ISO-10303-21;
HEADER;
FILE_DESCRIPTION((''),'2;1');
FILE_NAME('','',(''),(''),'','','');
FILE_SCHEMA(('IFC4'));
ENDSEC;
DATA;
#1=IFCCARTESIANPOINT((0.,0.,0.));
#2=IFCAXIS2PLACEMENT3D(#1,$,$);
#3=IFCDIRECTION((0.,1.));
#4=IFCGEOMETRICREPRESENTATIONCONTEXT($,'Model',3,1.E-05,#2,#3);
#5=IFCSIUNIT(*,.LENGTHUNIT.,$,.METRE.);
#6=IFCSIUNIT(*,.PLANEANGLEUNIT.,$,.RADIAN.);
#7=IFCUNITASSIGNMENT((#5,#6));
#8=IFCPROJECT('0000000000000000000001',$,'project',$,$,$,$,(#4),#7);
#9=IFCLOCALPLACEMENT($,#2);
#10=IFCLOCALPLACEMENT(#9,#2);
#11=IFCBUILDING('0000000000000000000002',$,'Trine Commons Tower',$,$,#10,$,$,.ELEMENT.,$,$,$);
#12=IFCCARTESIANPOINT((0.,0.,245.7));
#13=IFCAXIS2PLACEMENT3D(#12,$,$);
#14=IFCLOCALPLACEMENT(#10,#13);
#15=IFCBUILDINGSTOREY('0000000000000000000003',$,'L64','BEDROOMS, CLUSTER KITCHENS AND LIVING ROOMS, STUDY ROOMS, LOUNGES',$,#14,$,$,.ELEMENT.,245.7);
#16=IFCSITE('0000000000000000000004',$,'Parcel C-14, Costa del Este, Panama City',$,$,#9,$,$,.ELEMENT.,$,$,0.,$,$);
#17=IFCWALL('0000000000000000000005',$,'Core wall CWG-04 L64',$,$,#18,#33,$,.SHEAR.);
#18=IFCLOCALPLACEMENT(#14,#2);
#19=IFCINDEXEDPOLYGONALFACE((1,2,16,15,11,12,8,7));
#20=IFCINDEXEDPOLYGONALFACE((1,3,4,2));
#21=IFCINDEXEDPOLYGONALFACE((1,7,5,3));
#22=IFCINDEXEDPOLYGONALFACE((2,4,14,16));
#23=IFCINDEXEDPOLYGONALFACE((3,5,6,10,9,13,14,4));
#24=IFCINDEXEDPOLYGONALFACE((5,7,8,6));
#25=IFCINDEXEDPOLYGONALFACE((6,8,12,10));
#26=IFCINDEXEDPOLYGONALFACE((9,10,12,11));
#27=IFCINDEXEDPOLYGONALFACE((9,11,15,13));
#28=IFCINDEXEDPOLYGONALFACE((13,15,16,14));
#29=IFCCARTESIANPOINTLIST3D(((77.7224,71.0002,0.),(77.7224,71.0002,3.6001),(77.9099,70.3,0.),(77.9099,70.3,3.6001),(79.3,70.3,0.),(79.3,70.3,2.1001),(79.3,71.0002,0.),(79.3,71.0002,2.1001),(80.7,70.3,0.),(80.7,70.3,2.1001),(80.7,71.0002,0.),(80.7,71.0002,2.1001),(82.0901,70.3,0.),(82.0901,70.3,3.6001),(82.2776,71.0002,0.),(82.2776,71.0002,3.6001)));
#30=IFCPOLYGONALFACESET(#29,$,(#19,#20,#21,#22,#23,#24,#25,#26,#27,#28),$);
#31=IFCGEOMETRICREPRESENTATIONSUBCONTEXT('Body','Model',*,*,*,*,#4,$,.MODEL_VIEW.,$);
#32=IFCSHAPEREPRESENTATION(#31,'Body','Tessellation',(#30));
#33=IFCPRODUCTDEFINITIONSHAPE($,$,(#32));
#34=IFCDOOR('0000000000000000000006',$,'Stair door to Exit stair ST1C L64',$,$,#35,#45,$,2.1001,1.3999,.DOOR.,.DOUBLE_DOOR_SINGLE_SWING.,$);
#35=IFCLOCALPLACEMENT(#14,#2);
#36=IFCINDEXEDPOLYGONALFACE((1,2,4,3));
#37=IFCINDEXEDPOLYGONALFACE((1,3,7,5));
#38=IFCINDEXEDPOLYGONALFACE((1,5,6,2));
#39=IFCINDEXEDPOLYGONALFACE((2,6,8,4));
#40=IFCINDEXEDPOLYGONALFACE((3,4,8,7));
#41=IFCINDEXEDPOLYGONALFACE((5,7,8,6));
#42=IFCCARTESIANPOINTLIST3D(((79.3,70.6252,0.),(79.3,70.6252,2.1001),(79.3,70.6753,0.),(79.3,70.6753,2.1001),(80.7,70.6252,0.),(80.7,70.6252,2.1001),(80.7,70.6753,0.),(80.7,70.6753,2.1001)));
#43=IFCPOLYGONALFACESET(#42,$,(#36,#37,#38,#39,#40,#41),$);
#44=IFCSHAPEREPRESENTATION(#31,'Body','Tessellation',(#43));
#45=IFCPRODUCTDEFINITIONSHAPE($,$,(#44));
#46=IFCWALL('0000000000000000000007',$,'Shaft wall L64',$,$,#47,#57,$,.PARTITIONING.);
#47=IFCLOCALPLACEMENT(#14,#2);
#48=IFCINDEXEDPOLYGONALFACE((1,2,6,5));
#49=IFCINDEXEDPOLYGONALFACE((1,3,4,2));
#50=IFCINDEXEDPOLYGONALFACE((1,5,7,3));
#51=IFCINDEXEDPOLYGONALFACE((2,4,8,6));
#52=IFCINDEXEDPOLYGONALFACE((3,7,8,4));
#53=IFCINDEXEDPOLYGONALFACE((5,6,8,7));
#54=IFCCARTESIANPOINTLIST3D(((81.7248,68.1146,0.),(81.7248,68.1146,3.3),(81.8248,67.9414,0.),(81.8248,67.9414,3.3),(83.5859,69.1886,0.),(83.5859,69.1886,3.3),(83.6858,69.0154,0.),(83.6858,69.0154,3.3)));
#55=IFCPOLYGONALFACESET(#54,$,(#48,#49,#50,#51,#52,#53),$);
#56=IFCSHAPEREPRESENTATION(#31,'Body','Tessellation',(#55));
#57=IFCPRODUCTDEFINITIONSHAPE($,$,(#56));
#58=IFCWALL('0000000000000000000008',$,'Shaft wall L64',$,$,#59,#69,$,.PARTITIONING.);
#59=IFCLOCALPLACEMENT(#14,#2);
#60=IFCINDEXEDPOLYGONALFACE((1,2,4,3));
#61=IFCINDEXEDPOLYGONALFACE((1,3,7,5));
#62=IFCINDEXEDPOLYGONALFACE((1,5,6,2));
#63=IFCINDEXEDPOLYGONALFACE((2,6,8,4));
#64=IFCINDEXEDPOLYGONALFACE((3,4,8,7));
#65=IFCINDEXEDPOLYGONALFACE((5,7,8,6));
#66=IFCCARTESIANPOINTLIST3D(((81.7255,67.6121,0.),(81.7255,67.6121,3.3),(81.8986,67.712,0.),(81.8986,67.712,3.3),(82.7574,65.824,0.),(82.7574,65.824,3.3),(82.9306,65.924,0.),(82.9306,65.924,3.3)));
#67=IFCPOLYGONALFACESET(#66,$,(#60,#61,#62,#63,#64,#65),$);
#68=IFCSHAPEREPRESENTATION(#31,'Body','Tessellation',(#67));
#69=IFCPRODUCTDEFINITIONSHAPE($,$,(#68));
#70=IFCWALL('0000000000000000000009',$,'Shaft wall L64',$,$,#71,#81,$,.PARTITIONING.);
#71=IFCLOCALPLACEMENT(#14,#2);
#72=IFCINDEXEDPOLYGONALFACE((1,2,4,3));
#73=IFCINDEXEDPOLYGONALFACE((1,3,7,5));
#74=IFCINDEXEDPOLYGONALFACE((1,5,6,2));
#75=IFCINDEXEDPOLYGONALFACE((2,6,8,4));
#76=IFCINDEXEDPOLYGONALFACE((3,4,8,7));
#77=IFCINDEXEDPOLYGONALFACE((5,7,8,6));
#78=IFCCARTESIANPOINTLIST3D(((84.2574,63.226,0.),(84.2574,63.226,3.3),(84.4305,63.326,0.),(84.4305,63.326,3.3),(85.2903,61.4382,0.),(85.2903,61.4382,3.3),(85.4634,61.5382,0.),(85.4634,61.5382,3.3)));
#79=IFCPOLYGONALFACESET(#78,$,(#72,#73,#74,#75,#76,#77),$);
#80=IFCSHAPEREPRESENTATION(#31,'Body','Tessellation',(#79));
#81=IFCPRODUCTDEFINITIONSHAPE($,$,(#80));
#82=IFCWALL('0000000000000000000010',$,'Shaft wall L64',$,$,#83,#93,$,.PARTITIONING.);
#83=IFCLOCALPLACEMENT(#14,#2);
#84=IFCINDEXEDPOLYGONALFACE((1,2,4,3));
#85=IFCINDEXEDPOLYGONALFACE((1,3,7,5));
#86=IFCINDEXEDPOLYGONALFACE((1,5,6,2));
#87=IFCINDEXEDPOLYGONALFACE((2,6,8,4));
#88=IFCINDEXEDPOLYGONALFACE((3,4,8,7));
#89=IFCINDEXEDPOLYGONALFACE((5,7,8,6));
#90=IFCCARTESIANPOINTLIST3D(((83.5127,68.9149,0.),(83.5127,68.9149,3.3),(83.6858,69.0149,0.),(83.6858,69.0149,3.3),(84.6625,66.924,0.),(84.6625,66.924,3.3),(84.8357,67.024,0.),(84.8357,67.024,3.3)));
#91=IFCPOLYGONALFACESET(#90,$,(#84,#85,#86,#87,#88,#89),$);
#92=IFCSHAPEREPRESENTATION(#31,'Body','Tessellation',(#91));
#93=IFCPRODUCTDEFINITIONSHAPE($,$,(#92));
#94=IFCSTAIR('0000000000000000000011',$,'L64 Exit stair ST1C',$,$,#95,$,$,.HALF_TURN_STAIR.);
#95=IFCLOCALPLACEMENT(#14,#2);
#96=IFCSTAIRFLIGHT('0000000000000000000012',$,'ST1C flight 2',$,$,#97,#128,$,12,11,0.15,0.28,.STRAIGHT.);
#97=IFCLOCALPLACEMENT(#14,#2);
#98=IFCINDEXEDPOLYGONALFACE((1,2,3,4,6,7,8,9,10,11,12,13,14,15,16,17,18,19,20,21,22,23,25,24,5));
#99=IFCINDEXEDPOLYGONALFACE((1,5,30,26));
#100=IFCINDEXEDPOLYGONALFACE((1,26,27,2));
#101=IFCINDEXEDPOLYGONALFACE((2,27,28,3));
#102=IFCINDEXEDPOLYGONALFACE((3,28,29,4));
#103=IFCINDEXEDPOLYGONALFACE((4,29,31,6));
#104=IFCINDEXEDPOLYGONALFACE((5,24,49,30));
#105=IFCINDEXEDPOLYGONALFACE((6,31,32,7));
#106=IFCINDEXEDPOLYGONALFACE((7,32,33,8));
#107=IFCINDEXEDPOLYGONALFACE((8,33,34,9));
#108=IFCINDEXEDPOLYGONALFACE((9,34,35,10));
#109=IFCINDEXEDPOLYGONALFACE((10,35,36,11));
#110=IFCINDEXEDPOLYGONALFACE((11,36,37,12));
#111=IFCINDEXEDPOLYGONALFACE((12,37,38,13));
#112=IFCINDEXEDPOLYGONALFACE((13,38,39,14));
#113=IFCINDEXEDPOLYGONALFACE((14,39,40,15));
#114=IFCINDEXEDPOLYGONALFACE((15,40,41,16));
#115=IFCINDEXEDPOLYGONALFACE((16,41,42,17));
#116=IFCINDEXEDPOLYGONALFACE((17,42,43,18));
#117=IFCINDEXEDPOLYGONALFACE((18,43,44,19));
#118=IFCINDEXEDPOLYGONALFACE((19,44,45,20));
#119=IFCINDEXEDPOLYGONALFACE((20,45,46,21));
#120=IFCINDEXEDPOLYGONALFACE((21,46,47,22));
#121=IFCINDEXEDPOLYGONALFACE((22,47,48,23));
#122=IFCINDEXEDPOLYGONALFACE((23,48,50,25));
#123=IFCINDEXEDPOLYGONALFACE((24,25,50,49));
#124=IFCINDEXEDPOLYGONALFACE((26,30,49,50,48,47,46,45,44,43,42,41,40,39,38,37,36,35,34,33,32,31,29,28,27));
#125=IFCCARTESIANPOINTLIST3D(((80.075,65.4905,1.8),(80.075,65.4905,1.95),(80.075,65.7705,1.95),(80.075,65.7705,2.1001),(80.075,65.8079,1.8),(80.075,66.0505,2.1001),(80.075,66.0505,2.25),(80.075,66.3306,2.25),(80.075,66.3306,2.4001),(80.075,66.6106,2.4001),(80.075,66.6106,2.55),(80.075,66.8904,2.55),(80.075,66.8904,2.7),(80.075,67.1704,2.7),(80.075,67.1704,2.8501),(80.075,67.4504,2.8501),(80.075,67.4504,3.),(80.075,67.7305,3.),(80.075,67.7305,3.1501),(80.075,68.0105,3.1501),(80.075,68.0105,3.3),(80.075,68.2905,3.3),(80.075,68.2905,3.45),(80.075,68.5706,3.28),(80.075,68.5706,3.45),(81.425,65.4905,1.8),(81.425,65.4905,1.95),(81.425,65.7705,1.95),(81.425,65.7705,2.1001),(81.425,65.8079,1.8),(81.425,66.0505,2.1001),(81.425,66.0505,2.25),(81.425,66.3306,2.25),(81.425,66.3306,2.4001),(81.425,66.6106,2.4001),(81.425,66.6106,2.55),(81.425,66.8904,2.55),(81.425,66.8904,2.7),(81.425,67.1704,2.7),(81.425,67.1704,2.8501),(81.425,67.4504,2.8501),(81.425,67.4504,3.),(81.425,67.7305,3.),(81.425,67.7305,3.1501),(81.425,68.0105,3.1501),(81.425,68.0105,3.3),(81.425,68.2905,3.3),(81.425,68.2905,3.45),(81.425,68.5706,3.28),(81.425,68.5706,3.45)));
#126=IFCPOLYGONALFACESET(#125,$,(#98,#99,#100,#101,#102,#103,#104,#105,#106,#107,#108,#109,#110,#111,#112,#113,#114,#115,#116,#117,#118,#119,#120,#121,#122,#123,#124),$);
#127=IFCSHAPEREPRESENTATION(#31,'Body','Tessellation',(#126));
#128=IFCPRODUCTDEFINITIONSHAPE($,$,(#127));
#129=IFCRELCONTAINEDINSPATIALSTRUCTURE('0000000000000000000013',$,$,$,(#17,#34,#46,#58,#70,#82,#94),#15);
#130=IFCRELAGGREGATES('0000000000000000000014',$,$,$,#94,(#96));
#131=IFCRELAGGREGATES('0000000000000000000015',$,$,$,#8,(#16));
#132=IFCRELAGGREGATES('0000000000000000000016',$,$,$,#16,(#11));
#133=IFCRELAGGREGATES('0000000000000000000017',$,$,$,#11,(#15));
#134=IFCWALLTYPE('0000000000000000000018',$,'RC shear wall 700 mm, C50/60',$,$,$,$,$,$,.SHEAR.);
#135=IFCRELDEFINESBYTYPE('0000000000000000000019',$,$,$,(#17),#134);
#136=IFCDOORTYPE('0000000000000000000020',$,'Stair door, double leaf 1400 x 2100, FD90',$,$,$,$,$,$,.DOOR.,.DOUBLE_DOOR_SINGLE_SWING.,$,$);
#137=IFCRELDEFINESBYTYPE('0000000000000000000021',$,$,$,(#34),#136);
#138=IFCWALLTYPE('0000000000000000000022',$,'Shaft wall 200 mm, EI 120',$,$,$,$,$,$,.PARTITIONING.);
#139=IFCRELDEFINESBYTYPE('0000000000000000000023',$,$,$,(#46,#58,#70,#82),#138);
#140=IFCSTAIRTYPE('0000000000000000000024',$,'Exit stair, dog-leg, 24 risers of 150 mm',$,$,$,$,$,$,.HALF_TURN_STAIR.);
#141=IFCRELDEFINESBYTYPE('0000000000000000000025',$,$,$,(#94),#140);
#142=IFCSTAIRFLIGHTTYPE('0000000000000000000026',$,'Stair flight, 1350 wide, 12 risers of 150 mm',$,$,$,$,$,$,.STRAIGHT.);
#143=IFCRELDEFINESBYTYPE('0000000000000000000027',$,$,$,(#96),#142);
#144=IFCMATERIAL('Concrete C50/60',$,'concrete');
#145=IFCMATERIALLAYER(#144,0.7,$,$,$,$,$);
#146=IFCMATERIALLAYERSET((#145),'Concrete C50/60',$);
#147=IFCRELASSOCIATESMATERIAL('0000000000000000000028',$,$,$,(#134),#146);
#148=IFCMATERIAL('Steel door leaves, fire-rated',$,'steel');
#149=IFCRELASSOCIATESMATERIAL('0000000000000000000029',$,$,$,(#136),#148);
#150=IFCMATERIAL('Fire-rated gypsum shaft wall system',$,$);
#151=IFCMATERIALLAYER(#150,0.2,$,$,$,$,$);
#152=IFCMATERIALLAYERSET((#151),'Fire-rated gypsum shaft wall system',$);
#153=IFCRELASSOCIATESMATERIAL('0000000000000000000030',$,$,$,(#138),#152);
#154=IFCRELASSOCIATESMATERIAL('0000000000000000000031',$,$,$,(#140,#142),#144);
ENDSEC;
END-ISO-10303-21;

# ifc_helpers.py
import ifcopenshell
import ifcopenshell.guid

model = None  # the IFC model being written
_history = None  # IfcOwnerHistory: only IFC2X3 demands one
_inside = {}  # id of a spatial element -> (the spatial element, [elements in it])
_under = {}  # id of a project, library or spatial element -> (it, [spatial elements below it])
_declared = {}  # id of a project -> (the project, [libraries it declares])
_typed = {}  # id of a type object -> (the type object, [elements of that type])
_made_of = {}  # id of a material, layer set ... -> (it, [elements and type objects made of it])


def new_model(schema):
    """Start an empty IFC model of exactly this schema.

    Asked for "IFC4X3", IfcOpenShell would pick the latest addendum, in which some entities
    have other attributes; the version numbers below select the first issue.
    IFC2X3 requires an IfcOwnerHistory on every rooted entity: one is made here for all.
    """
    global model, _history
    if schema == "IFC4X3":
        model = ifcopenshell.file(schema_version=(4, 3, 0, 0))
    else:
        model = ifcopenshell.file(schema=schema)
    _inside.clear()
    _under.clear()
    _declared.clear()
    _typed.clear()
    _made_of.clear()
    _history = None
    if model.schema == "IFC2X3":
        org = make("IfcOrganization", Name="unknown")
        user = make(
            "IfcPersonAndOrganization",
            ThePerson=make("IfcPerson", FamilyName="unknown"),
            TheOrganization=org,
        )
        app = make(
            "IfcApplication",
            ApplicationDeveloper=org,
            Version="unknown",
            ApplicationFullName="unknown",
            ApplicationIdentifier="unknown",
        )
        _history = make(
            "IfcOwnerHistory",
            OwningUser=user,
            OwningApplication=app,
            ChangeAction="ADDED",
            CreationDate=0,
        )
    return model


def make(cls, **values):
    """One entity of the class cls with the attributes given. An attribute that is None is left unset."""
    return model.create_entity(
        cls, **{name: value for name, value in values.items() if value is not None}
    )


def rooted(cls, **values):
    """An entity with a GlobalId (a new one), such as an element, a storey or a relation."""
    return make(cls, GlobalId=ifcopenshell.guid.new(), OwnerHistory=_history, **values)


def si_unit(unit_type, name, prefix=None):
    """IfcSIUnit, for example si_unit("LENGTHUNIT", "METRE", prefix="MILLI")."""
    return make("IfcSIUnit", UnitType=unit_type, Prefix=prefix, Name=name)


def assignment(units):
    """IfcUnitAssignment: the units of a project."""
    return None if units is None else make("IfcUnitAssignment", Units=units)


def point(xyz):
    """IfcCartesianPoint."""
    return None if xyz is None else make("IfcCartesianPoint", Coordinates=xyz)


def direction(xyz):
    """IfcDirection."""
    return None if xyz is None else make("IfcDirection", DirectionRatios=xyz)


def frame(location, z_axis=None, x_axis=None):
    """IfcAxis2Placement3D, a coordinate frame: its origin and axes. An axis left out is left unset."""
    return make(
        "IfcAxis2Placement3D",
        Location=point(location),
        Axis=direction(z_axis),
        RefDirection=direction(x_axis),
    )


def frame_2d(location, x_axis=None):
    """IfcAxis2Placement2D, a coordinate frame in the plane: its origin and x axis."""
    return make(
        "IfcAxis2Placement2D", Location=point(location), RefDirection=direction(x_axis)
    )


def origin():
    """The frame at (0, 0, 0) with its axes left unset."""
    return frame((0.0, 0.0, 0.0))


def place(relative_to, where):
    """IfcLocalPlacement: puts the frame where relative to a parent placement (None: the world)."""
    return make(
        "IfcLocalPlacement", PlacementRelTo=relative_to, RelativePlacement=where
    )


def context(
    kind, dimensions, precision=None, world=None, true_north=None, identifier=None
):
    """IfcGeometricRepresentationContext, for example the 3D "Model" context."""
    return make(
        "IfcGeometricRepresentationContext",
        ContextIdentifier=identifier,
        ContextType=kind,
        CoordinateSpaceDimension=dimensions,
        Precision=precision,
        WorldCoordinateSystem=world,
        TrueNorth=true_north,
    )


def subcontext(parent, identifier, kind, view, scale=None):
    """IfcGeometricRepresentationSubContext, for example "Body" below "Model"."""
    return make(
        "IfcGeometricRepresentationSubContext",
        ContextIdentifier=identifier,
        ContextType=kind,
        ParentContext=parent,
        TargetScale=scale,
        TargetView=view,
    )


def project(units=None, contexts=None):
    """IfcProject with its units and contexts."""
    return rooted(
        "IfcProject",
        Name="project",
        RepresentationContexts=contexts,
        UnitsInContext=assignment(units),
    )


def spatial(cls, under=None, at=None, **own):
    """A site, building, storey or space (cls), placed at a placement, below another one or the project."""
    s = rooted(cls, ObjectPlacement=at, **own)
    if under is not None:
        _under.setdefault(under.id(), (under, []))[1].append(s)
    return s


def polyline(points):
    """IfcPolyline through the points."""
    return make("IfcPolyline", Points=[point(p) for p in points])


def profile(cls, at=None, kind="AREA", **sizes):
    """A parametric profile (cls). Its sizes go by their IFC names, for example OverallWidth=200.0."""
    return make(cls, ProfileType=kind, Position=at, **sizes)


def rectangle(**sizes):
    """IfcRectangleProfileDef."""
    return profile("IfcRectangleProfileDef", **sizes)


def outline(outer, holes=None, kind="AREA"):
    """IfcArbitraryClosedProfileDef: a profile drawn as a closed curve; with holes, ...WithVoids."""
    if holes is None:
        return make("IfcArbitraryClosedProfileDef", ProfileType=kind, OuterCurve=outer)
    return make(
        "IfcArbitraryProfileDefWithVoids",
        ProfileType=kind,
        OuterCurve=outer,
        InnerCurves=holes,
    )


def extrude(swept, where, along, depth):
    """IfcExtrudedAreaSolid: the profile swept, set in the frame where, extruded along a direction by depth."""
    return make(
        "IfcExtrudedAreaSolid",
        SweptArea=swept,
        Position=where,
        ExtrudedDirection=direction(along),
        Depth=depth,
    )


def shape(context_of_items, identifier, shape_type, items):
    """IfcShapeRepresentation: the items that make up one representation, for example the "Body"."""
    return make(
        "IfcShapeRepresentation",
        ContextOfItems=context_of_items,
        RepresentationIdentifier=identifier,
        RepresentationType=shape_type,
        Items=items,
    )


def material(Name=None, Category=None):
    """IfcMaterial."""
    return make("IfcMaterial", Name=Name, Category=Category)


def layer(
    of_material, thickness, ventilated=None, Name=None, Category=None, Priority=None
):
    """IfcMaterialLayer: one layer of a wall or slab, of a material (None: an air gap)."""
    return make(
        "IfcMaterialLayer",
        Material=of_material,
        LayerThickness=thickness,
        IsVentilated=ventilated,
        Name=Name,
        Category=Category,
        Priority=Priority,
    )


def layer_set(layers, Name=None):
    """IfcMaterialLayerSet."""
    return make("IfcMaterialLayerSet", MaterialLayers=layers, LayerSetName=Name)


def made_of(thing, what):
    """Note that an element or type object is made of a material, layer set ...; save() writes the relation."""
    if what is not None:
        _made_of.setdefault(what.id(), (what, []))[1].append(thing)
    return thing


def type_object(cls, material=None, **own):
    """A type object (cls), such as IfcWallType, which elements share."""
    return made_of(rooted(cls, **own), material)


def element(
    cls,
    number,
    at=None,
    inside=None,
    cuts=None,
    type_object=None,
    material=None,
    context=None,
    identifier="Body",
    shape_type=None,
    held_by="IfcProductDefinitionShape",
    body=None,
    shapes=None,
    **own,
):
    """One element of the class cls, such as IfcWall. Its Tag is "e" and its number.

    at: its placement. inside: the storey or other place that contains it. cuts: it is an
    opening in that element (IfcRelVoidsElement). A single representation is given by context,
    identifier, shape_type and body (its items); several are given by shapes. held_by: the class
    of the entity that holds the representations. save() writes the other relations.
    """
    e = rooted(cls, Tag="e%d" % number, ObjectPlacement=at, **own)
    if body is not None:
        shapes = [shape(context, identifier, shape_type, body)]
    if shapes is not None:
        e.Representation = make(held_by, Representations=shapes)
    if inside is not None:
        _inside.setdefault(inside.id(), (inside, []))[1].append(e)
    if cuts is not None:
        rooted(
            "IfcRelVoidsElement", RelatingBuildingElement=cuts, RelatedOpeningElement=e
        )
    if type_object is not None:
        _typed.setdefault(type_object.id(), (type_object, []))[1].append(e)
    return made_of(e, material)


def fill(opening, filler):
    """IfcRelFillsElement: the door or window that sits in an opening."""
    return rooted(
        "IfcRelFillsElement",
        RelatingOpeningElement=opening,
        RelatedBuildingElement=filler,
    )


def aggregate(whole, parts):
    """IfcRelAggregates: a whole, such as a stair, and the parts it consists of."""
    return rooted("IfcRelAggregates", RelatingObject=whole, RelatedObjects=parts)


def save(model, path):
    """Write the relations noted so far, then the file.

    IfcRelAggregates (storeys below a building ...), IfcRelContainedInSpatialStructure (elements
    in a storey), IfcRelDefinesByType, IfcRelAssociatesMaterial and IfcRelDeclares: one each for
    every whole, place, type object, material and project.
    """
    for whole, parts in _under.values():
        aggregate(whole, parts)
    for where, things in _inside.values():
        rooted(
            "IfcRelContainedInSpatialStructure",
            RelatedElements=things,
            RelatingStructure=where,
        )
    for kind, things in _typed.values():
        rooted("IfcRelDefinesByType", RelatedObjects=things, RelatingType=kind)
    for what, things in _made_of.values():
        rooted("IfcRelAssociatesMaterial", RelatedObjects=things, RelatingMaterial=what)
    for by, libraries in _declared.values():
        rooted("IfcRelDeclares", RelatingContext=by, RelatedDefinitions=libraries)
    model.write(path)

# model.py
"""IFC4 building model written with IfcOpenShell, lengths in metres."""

from ifc_helpers import new_model, si_unit, direction, frame, frame_2d, origin, place, context, subcontext, project, spatial, polyline, rectangle, outline, extrude, material, layer, layer_set, type_object, element, fill, aggregate, save


model = new_model("IFC4")

# Units and contexts
model_context = context("Model", 3, precision=1e-05, world=origin(), true_north=direction((0.0, 1.0)))
body_context = subcontext(model_context, "Body", "Model", "MODEL_VIEW")
ifc_project = project(units=[si_unit("LENGTHUNIT", "METRE"), si_unit("PLANEANGLEUNIT", "RADIAN")], contexts=[model_context])

# Site, building, storey
site_placement = place(None, origin())
site = spatial("IfcSite", under=ifc_project, at=site_placement, Name="Parcel C-14, Costa del Este, Panama City", CompositionType="ELEMENT", RefElevation=0.0)
building_placement = place(site_placement, origin())
building = spatial("IfcBuilding", under=site, at=building_placement, Name="Trine Commons Tower", CompositionType="ELEMENT")
storey_placement = place(building_placement, frame((0.0, 0.0, 245.7)))
storey = spatial("IfcBuildingStorey", under=building, at=storey_placement, Name="L64", Description="BEDROOMS, CLUSTER KITCHENS AND LIVING ROOMS, STUDY ROOMS, LOUNGES", CompositionType="ELEMENT", Elevation=245.7)

# Shared definitions
ifc_material_1 = material(Name="Fire-rated gypsum shaft wall system")
ifc_material_2 = material(Name="Concrete C50/60", Category="concrete")

# Wall, opening, door
ifc_layer_1 = layer(ifc_material_2, 0.7)
ifc_layer_set_1 = layer_set([ifc_layer_1], Name="Concrete C50/60")
wall_type_1 = type_object("IfcWallType", Name="RC shear wall 700 mm, C50/60", PredefinedType="SHEAR", material=ifc_layer_set_1)
wall_1_placement = place(storey_placement, frame((82.2776, 70.6501, 0.0), z_axis=(0.0, 0.0, 1.0), x_axis=(-1.0, 0.0, 0.0)))
wall_1 = element("IfcWall", 1, at=wall_1_placement, inside=storey, type_object=wall_type_1, Name="Core wall CWG-04 L64", PredefinedType="SHEAR", context=body_context, shape_type="SweptSolid", body=[
    extrude(outline(polyline([(0.0, -0.3501), (4.5552, -0.3501), (4.3677, 0.3501), (0.1875, 0.3501), (0.0, -0.3501)])), origin(), (0.0, 0.0, 1.0), 3.6001),
])
opening_1_placement = place(wall_1_placement, frame((1.5776, 0.0, 0.0)))
opening_1 = element("IfcOpeningElement", 2, at=opening_1_placement, cuts=wall_1, PredefinedType="OPENING", context=body_context, shape_type="SweptSolid", body=[
    extrude(rectangle(XDim=1.3999, YDim=2.1001, at=frame_2d((0.7, 1.05))), frame((0.0, 0.3599, 0.0), z_axis=(0.0, -1.0, 0.0), x_axis=(1.0, 0.0, 0.0)), (0.0, 0.0, 1.0), 0.72),
])
ifc_material_3 = material(Name="Steel door leaves, fire-rated", Category="steel")
door_type_1 = type_object("IfcDoorType", Name="Stair door, double leaf 1400 x 2100, FD90", OperationType="DOUBLE_DOOR_SINGLE_SWING", PredefinedType="DOOR", material=ifc_material_3)
door_1_placement = place(opening_1_placement, origin())
door_1 = element("IfcDoor", 3, at=door_1_placement, inside=storey, type_object=door_type_1, Name="Stair door to Exit stair ST1C L64", OperationType="DOUBLE_DOOR_SINGLE_SWING", OverallHeight=2.1001, OverallWidth=1.3999, PredefinedType="DOOR", context=body_context, shape_type="SweptSolid", body=[
    extrude(rectangle(XDim=1.3999, YDim=2.1001, at=frame_2d((0.7, 1.05))), frame((0.0, 0.0249, 0.0), z_axis=(0.0, -1.0, 0.0), x_axis=(1.0, 0.0, 0.0)), (0.0, 0.0, 1.0), 0.05),
])
fill(opening_1, door_1)

# Walls
ifc_layer_2 = layer(ifc_material_1, 0.2)
ifc_layer_set_2 = layer_set([ifc_layer_2], Name="Fire-rated gypsum shaft wall system")
wall_type_2 = type_object("IfcWallType", Name="Shaft wall 200 mm, EI 120", PredefinedType="PARTITIONING", material=ifc_layer_set_2)
wall_2_placement = place(storey_placement, frame((81.7749, 68.0281, 0.0), z_axis=(0.0, 0.0, 1.0), x_axis=(0.866131, 0.499818, 0.0)))
element("IfcWall", 4, at=wall_2_placement, inside=storey, type_object=wall_type_2, Name="Shaft wall L64", PredefinedType="PARTITIONING", context=body_context, shape_type="SweptSolid", body=[
    extrude(rectangle(XDim=2.1487, YDim=0.2, at=frame_2d((1.0742, 0.0))), origin(), (0.0, 0.0, 1.0), 3.3),
])
wall_3_placement = place(storey_placement, frame((82.844, 65.874, 0.0), z_axis=(0.0, 0.0, 1.0), x_axis=(-0.499866, 0.866103, 0.0)))
element("IfcWall", 5, at=wall_3_placement, inside=storey, type_object=wall_type_2, Name="Shaft wall L64", PredefinedType="PARTITIONING", context=body_context, shape_type="SweptSolid", body=[
    extrude(rectangle(XDim=2.0645, YDim=0.2, at=frame_2d((1.0322, 0.0))), origin(), (0.0, 0.0, 1.0), 3.3),
])
wall_4_placement = place(storey_placement, frame((84.344, 63.2759, 0.0), z_axis=(0.0, 0.0, 1.0), x_axis=(0.500272, -0.865868, 0.0)))
element("IfcWall", 6, at=wall_4_placement, inside=storey, type_object=wall_type_2, Name="Shaft wall L64", PredefinedType="PARTITIONING", context=body_context, shape_type="SweptSolid", body=[
    extrude(rectangle(XDim=2.0647, YDim=0.2, at=frame_2d((1.0322, 0.0))), origin(), (0.0, 0.0, 1.0), 3.3),
])
wall_5_placement = place(storey_placement, frame((84.749, 66.9741, 0.0), z_axis=(0.0, 0.0, 1.0), x_axis=(-0.500136, 0.865947, 0.0)))
element("IfcWall", 7, at=wall_5_placement, inside=storey, type_object=wall_type_2, Name="Shaft wall L64", PredefinedType="PARTITIONING", context=body_context, shape_type="SweptSolid", body=[
    extrude(rectangle(XDim=2.2991, YDim=0.2, at=frame_2d((1.1494, 0.0))), origin(), (0.0, 0.0, 1.0), 3.3),
])

# Stair, stair flight
stair_type = type_object("IfcStairType", Name="Exit stair, dog-leg, 24 risers of 150 mm", PredefinedType="HALF_TURN_STAIR", material=ifc_material_2)
stair_placement = place(storey_placement, origin())
stair = element("IfcStair", 8, at=stair_placement, inside=storey, type_object=stair_type, Name="L64 Exit stair ST1C", PredefinedType="HALF_TURN_STAIR")
stair_flight_type = type_object("IfcStairFlightType", Name="Stair flight, 1350 wide, 12 risers of 150 mm", PredefinedType="STRAIGHT", material=ifc_material_2)
stair_flight_placement = place(storey_placement, frame((80.75, 65.4905, 1.8), z_axis=(0.0, 0.0, 1.0), x_axis=(0.0, 1.0, 0.0)))
stair_flight = element("IfcStairFlight", 9, at=stair_flight_placement, type_object=stair_flight_type, Name="ST1C flight 2", NumberOfRisers=12, NumberOfTreads=11, PredefinedType="STRAIGHT", RiserHeight=0.15, TreadLength=0.28, context=body_context, shape_type="SweptSolid", body=[
    extrude(outline(polyline([(0.0, 0.0), (0.0, 0.1499), (0.28, 0.1499), (0.28, 0.3), (0.5601, 0.3), (0.5601, 0.45), (0.8401, 0.45), (0.8401, 0.6001), (1.1201, 0.6001), (1.1201, 0.75), (1.3999, 0.75), (1.3999, 0.8999), (1.6799, 0.8999), (1.6799, 1.05), (1.96, 1.05), (1.96, 1.2), (2.24, 1.2), (2.24, 1.3501), (2.52, 1.3501), (2.52, 1.5), (2.8, 1.5), (2.8, 1.6499), (3.0801, 1.6499), (3.0801, 1.8), (3.0801, 1.48), (0.3174, 0.0), (0.0, 0.0)])), frame((0.0, 0.675, 0.0), z_axis=(0.0, -1.0, 0.0), x_axis=(1.0, 0.0, 0.0)), (0.0, 0.0, 1.0), 1.3501),
])
aggregate(stair, [stair_flight])

save(model, "model.ifc")
